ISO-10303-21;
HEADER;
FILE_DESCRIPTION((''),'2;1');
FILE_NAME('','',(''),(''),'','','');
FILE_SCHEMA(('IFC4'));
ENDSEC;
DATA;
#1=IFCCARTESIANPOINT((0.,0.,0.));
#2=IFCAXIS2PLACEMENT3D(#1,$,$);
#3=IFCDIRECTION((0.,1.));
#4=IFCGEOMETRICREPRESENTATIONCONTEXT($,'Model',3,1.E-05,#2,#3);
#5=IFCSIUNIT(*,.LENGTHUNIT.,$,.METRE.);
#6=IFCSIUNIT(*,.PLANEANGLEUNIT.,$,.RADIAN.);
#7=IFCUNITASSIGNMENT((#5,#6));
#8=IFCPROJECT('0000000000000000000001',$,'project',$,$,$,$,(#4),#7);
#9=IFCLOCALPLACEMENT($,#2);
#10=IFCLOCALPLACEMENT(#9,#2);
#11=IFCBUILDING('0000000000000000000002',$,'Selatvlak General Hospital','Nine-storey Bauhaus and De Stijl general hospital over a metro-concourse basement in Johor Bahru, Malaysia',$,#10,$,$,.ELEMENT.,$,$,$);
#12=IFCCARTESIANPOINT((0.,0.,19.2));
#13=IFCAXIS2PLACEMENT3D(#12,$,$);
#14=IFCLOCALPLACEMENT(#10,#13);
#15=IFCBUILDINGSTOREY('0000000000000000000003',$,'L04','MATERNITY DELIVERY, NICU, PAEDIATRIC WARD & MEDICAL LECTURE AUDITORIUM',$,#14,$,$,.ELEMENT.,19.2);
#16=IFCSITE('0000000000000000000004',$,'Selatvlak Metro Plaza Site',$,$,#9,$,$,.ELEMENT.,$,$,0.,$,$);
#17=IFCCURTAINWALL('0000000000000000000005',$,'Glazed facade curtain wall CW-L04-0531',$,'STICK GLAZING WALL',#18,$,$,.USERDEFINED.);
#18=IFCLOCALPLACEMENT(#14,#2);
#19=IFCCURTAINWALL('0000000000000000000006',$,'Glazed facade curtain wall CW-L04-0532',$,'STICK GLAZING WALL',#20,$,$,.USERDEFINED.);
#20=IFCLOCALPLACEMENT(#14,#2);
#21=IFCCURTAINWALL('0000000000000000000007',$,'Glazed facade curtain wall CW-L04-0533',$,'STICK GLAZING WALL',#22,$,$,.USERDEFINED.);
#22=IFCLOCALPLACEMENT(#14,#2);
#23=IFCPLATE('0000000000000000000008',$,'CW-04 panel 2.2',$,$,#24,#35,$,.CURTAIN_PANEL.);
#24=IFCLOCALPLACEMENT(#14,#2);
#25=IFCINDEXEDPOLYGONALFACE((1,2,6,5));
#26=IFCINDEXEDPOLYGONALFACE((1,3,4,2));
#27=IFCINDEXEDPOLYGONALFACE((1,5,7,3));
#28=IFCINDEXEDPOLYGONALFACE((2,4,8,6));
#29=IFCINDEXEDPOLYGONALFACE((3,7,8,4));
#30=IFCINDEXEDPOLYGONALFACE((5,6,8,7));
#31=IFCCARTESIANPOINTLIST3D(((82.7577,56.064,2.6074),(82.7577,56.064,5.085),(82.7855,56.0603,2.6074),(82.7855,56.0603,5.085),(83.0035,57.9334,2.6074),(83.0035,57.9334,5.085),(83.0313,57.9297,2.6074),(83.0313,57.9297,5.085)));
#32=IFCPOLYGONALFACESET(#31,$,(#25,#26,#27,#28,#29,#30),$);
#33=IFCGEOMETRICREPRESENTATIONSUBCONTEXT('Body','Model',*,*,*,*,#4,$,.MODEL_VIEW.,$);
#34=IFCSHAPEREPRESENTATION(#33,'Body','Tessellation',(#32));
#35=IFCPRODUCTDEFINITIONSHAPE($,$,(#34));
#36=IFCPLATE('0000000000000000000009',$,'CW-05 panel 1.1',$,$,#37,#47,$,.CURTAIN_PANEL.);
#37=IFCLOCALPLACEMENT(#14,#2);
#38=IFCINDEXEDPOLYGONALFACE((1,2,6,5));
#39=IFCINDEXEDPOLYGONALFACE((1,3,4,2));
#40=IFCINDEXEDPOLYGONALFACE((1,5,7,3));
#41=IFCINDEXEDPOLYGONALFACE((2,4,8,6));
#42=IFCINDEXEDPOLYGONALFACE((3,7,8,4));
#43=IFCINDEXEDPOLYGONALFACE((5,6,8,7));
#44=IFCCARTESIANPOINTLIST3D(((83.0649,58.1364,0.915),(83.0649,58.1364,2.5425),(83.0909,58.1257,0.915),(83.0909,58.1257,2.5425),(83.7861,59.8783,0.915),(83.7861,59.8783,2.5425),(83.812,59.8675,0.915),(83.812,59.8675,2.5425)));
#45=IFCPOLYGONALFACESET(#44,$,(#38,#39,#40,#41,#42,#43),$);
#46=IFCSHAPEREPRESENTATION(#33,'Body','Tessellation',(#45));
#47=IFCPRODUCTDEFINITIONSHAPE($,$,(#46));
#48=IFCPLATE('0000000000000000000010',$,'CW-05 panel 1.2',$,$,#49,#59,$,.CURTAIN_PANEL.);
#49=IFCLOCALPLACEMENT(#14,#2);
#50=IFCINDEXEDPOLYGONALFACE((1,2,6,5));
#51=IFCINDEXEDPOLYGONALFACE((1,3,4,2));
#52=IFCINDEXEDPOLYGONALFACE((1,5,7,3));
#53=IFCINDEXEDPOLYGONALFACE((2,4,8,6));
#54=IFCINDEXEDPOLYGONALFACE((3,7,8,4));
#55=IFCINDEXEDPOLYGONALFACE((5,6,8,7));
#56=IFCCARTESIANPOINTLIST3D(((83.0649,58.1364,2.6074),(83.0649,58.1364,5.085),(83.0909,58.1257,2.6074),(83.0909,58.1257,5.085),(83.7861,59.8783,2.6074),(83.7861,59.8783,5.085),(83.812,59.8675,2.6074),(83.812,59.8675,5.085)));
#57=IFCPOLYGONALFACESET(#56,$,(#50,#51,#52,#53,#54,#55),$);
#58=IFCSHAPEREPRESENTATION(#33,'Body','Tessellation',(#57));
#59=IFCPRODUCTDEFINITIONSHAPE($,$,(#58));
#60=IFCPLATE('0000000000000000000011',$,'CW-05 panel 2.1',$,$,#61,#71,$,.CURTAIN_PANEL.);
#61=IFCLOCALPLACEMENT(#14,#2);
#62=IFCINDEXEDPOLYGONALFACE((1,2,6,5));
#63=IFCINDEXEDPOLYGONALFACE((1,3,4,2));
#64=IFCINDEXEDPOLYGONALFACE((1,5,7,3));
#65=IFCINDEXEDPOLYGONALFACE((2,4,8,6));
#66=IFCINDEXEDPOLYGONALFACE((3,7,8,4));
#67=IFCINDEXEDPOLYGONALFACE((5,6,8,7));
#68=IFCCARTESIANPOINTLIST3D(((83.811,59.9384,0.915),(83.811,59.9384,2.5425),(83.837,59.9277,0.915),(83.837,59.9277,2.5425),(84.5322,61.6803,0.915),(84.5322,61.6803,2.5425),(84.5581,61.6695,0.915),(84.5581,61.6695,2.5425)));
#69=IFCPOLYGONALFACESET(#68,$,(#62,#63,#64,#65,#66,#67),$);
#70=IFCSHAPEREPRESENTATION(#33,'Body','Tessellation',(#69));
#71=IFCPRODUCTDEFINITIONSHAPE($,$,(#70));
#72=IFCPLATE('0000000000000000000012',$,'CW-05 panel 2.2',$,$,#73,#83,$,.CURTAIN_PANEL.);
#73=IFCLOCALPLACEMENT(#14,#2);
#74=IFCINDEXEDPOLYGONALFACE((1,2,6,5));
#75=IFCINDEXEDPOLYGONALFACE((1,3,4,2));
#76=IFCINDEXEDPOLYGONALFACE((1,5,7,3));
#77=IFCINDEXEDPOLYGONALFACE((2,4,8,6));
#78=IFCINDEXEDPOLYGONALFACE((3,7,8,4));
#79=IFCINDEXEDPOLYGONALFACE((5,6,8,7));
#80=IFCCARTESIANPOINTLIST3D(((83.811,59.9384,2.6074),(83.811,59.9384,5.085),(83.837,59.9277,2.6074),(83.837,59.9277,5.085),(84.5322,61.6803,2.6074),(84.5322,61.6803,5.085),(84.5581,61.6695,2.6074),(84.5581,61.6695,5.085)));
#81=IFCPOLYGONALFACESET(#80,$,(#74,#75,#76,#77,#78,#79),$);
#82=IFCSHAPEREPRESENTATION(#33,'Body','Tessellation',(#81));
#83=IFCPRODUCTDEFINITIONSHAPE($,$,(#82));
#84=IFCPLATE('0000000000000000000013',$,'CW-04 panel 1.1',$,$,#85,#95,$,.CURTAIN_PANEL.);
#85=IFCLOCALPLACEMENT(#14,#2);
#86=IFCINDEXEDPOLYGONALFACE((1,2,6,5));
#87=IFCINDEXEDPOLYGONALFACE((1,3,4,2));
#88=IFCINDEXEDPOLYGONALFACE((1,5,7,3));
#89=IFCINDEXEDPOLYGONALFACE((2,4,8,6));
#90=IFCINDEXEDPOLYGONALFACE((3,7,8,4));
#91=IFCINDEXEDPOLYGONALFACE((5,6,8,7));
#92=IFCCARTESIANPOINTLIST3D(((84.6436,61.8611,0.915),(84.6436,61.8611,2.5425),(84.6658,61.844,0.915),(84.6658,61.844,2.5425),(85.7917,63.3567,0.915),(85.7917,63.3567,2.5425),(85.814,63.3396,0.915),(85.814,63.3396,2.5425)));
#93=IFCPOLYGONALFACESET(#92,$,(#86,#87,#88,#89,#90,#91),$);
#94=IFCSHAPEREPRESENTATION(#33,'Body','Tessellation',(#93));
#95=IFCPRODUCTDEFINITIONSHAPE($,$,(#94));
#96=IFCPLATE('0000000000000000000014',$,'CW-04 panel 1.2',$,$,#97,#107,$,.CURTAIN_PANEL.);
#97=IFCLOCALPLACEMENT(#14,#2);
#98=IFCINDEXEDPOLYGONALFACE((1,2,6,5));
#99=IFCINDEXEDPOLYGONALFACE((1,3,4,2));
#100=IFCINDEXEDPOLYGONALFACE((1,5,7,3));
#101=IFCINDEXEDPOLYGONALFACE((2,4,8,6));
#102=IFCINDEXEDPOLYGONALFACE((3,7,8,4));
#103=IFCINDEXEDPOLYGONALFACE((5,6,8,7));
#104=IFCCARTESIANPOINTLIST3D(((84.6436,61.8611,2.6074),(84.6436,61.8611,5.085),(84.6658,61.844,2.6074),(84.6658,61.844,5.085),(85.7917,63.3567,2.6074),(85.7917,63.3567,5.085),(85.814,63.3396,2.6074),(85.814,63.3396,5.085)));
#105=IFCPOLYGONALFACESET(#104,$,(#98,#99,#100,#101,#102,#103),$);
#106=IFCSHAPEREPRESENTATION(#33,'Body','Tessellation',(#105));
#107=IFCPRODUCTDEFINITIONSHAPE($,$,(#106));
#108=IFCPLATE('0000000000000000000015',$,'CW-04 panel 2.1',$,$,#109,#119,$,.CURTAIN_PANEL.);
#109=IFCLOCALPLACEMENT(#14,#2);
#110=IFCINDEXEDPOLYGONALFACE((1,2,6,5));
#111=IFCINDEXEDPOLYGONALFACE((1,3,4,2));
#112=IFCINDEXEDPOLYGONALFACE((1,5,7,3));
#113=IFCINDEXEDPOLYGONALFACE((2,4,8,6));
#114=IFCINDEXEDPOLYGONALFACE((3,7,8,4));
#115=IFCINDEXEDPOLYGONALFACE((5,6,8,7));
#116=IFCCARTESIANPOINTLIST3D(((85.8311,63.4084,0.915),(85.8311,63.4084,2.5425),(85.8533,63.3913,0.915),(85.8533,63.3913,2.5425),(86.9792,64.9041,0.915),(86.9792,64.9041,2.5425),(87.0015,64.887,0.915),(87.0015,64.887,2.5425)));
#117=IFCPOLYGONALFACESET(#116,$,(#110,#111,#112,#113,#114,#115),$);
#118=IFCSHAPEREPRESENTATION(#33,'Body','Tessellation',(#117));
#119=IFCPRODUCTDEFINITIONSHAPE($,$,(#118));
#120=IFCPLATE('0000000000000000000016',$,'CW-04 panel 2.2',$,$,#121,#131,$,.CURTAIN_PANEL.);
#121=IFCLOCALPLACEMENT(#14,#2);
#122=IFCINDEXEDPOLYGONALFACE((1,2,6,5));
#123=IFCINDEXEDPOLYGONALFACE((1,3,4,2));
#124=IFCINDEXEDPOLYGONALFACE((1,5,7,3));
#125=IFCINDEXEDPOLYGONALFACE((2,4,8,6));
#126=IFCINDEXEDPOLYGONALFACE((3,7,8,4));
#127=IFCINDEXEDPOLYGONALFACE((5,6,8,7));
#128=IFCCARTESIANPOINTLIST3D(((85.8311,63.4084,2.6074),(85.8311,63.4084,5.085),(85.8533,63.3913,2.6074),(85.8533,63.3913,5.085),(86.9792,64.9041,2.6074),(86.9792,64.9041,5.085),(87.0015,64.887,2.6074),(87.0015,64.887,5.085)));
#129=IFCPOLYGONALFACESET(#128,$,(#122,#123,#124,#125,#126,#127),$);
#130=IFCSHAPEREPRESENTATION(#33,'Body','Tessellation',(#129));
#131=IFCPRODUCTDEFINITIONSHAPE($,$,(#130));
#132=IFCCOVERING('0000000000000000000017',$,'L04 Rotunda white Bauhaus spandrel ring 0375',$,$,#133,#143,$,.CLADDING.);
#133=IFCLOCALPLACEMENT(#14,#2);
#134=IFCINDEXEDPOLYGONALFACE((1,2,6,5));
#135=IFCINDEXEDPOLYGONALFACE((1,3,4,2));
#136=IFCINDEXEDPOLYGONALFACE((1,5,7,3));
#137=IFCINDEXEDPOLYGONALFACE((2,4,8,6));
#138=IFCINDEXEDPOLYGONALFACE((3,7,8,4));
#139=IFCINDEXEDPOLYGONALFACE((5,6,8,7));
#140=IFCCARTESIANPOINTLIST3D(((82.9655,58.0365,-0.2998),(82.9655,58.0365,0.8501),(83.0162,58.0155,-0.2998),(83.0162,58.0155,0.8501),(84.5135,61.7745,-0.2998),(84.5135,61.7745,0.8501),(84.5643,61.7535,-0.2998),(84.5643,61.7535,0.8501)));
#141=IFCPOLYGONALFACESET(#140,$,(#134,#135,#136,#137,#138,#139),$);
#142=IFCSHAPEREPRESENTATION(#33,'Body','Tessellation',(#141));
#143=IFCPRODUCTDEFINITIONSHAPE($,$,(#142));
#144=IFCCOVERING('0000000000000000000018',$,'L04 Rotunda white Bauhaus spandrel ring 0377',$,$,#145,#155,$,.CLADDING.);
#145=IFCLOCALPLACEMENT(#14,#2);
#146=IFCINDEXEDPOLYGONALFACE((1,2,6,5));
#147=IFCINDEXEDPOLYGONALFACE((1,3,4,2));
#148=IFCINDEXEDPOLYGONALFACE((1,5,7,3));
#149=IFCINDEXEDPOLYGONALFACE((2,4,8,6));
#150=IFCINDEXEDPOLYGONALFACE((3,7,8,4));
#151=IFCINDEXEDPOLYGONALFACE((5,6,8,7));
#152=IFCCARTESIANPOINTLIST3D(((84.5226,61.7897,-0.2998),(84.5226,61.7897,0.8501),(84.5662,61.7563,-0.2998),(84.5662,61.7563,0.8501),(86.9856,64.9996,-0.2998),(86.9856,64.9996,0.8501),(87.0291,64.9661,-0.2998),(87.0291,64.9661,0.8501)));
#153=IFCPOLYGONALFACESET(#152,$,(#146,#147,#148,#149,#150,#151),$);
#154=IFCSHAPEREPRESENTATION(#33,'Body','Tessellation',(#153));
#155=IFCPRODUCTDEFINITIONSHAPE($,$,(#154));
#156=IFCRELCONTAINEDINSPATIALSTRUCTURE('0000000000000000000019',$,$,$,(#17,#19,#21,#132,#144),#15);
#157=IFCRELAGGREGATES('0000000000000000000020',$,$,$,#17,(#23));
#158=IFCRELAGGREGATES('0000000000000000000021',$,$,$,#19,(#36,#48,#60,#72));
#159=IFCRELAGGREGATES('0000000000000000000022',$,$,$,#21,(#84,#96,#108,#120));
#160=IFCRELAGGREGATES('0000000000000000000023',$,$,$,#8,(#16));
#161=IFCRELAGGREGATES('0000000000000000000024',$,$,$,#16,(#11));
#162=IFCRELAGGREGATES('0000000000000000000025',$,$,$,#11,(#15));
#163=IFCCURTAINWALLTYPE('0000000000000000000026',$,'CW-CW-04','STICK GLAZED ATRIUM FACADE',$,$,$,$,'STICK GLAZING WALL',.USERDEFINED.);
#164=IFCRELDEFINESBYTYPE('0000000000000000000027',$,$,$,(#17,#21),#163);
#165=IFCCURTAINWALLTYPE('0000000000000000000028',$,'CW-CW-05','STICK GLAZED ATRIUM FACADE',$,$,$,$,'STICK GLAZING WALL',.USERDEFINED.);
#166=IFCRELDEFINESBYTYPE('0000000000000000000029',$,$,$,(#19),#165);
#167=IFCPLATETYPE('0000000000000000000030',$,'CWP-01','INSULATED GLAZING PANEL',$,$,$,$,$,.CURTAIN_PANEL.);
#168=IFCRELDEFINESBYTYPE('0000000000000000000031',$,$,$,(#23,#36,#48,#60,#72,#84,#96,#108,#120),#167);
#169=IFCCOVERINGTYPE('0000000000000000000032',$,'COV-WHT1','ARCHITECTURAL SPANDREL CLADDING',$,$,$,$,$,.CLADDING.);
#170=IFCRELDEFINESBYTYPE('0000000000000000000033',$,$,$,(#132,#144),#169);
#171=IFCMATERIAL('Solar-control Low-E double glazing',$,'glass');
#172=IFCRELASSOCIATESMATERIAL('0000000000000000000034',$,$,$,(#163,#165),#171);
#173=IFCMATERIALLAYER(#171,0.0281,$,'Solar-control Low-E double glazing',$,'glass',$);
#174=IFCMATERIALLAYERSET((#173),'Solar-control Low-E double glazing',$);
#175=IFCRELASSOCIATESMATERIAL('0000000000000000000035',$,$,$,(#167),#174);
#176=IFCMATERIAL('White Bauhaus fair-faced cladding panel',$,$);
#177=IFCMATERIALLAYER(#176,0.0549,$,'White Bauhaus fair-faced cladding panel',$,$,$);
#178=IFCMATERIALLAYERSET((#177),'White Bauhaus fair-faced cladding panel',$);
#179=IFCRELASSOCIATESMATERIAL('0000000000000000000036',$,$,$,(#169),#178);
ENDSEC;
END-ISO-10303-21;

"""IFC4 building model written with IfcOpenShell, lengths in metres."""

from ifc_helpers import new_model, si_unit, direction, frame, origin, origin_2d, place, context, subcontext, project, spatial, rectangle, extrude, material, layer, layer_set, type_object, element, aggregate, save


model = new_model("IFC4")

# Units and contexts
model_context = context("Model", 3, precision=1e-05, world=origin(), true_north=direction((0.0, 1.0)))
body_context = subcontext(model_context, "Body", "Model", "MODEL_VIEW")
ifc_project = project(units=[si_unit("LENGTHUNIT", "METRE"), si_unit("PLANEANGLEUNIT", "RADIAN")], contexts=[model_context])

# Site, building, storey
site_placement = place(None, origin())
site = spatial("IfcSite", under=ifc_project, at=site_placement, Name="Selatvlak Metro Plaza Site", CompositionType="ELEMENT", RefElevation=0.0)
building_placement = place(site_placement, origin())
building = spatial("IfcBuilding", under=site, at=building_placement, Name="Selatvlak General Hospital", Description="Nine-storey Bauhaus and De Stijl general hospital over a metro-concourse basement in Johor Bahru, Malaysia", CompositionType="ELEMENT")
storey_placement = place(building_placement, frame((0.0, 0.0, 19.2)))
storey = spatial("IfcBuildingStorey", under=building, at=storey_placement, Name="L04", Description="MATERNITY DELIVERY, NICU, PAEDIATRIC WARD & MEDICAL LECTURE AUDITORIUM", CompositionType="ELEMENT", Elevation=19.2)

# Curtain wall
ifc_material_1 = material(Name="Solar-control Low-E double glazing", Category="glass")
curtain_wall_type_1 = type_object("IfcCurtainWallType", Name="CW-CW-04", Description="STICK GLAZED ATRIUM FACADE", ElementType="STICK GLAZING WALL", PredefinedType="USERDEFINED", material=ifc_material_1)
curtain_wall_1_placement = place(storey_placement, origin())
curtain_wall_1 = element("IfcCurtainWall", 1, at=curtain_wall_1_placement, inside=storey, type_object=curtain_wall_type_1, Name="Glazed facade curtain wall CW-L04-0531", ObjectType="STICK GLAZING WALL", PredefinedType="USERDEFINED")

# Curtain walls
curtain_wall_type_2 = type_object("IfcCurtainWallType", Name="CW-CW-05", Description="STICK GLAZED ATRIUM FACADE", ElementType="STICK GLAZING WALL", PredefinedType="USERDEFINED", material=ifc_material_1)
curtain_wall_2_placement = place(storey_placement, origin())
curtain_wall_2 = element("IfcCurtainWall", 2, at=curtain_wall_2_placement, inside=storey, type_object=curtain_wall_type_2, Name="Glazed facade curtain wall CW-L04-0532", ObjectType="STICK GLAZING WALL", PredefinedType="USERDEFINED")
curtain_wall_3_placement = place(storey_placement, origin())
curtain_wall_3 = element("IfcCurtainWall", 3, at=curtain_wall_3_placement, inside=storey, type_object=curtain_wall_type_1, Name="Glazed facade curtain wall CW-L04-0533", ObjectType="STICK GLAZING WALL", PredefinedType="USERDEFINED")

# Plates
ifc_layer_1 = layer(ifc_material_1, 0.0281, Name="Solar-control Low-E double glazing", Category="glass")
ifc_layer_set_1 = layer_set([ifc_layer_1], Name="Solar-control Low-E double glazing")
plate_type = type_object("IfcPlateType", Name="CWP-01", Description="INSULATED GLAZING PANEL", PredefinedType="CURTAIN_PANEL", material=ifc_layer_set_1)
plate_1_placement = place(storey_placement, frame((82.8945, 56.9968, 2.6074), z_axis=(0.0, 0.0, 1.0), x_axis=(0.130363, 0.991466, 0.0)))
plate_1 = element("IfcPlate", 4, at=plate_1_placement, type_object=plate_type, Name="CW-04 panel 2.2", PredefinedType="CURTAIN_PANEL", context=body_context, shape_type="SweptSolid", body=[
    extrude(rectangle(XDim=1.8855, YDim=0.0281, at=origin_2d()), origin(), (0.0, 0.0, 1.0), 2.4775),
])
aggregate(curtain_wall_1, [plate_1])
plate_2_placement = place(storey_placement, frame((83.4385, 59.002, 0.915), z_axis=(0.0, 0.0, 1.0), x_axis=(0.382537, 0.92394, 0.0)))
plate_2 = element("IfcPlate", 5, at=plate_2_placement, type_object=plate_type, Name="CW-05 panel 1.1", PredefinedType="CURTAIN_PANEL", context=body_context, shape_type="SweptSolid", body=[
    extrude(rectangle(XDim=1.8853, YDim=0.0281, at=origin_2d()), origin(), (0.0, 0.0, 1.0), 1.6274),
])
plate_3_placement = place(storey_placement, frame((83.4385, 59.002, 2.6074), z_axis=(0.0, 0.0, 1.0), x_axis=(0.382537, 0.92394, 0.0)))
plate_3 = element("IfcPlate", 6, at=plate_3_placement, type_object=plate_type, Name="CW-05 panel 1.2", PredefinedType="CURTAIN_PANEL", context=body_context, shape_type="SweptSolid", body=[
    extrude(rectangle(XDim=1.8853, YDim=0.0281, at=origin_2d()), origin(), (0.0, 0.0, 1.0), 2.4775),
])
plate_4_placement = place(storey_placement, frame((84.1846, 60.804, 0.915), z_axis=(0.0, 0.0, 1.0), x_axis=(0.382537, 0.92394, 0.0)))
plate_4 = element("IfcPlate", 7, at=plate_4_placement, type_object=plate_type, Name="CW-05 panel 2.1", PredefinedType="CURTAIN_PANEL", context=body_context, shape_type="SweptSolid", body=[
    extrude(rectangle(XDim=1.8853, YDim=0.0281, at=origin_2d()), origin(), (0.0, 0.0, 1.0), 1.6274),
])
plate_5_placement = place(storey_placement, frame((84.1846, 60.804, 2.6074), z_axis=(0.0, 0.0, 1.0), x_axis=(0.382537, 0.92394, 0.0)))
plate_5 = element("IfcPlate", 8, at=plate_5_placement, type_object=plate_type, Name="CW-05 panel 2.2", PredefinedType="CURTAIN_PANEL", context=body_context, shape_type="SweptSolid", body=[
    extrude(rectangle(XDim=1.8853, YDim=0.0281, at=origin_2d()), origin(), (0.0, 0.0, 1.0), 2.4775),
])
aggregate(curtain_wall_2, [plate_2, plate_3, plate_4, plate_5])
plate_6_placement = place(storey_placement, frame((85.2288, 62.6003, 0.915), z_axis=(0.0, 0.0, 1.0), x_axis=(0.608918, 0.793233, 0.0)))
plate_6 = element("IfcPlate", 9, at=plate_6_placement, type_object=plate_type, Name="CW-04 panel 1.1", PredefinedType="CURTAIN_PANEL", context=body_context, shape_type="SweptSolid", body=[
    extrude(rectangle(XDim=1.8855, YDim=0.0281, at=origin_2d()), origin(), (0.0, 0.0, 1.0), 1.6274),
])
plate_7_placement = place(storey_placement, frame((85.2288, 62.6003, 2.6074), z_axis=(0.0, 0.0, 1.0), x_axis=(0.608918, 0.793233, 0.0)))
plate_7 = element("IfcPlate", 10, at=plate_7_placement, type_object=plate_type, Name="CW-04 panel 1.2", PredefinedType="CURTAIN_PANEL", context=body_context, shape_type="SweptSolid", body=[
    extrude(rectangle(XDim=1.8855, YDim=0.0281, at=origin_2d()), origin(), (0.0, 0.0, 1.0), 2.4775),
])
plate_8_placement = place(storey_placement, frame((86.4163, 64.1477, 0.915), z_axis=(0.0, 0.0, 1.0), x_axis=(0.608918, 0.793233, 0.0)))
plate_8 = element("IfcPlate", 11, at=plate_8_placement, type_object=plate_type, Name="CW-04 panel 2.1", PredefinedType="CURTAIN_PANEL", context=body_context, shape_type="SweptSolid", body=[
    extrude(rectangle(XDim=1.8855, YDim=0.0281, at=origin_2d()), origin(), (0.0, 0.0, 1.0), 1.6274),
])
plate_9_placement = place(storey_placement, frame((86.4163, 64.1477, 2.6074), z_axis=(0.0, 0.0, 1.0), x_axis=(0.608918, 0.793233, 0.0)))
plate_9 = element("IfcPlate", 12, at=plate_9_placement, type_object=plate_type, Name="CW-04 panel 2.2", PredefinedType="CURTAIN_PANEL", context=body_context, shape_type="SweptSolid", body=[
    extrude(rectangle(XDim=1.8855, YDim=0.0281, at=origin_2d()), origin(), (0.0, 0.0, 1.0), 2.4775),
])
aggregate(curtain_wall_3, [plate_6, plate_7, plate_8, plate_9])

# Coverings
ifc_material_2 = material(Name="White Bauhaus fair-faced cladding panel")
ifc_layer_2 = layer(ifc_material_2, 0.0549, Name="White Bauhaus fair-faced cladding panel")
ifc_layer_set_2 = layer_set([ifc_layer_2], Name="White Bauhaus fair-faced cladding panel")
covering_type = type_object("IfcCoveringType", Name="COV-WHT1", Description="ARCHITECTURAL SPANDREL CLADDING", PredefinedType="CLADDING", material=ifc_layer_set_2)
for number, where, z_axis, x_axis, name in (
    (13, (83.7649, 59.895, -0.2998), (0.0, 0.0, 1.0), (0.382619, 0.923906, 0.0), "L04 Rotunda white Bauhaus spandrel ring 0375"),
    (14, (85.7759, 63.3779, -0.2998), (0.0, 0.0, 1.0), (0.608748, 0.793364, 0.0), "L04 Rotunda white Bauhaus spandrel ring 0377"),
):
    element("IfcCovering", number, at=place(storey_placement, frame(where, z_axis=z_axis, x_axis=x_axis)), inside=storey, type_object=covering_type, Name=name, PredefinedType="CLADDING", context=body_context, shape_type="SweptSolid", body=[
        extrude(rectangle(XDim=4.0459, YDim=0.0549, at=origin_2d()), origin(), (0.0, 0.0, 1.0), 1.1499),
    ])

save(model, "model.ifc")
